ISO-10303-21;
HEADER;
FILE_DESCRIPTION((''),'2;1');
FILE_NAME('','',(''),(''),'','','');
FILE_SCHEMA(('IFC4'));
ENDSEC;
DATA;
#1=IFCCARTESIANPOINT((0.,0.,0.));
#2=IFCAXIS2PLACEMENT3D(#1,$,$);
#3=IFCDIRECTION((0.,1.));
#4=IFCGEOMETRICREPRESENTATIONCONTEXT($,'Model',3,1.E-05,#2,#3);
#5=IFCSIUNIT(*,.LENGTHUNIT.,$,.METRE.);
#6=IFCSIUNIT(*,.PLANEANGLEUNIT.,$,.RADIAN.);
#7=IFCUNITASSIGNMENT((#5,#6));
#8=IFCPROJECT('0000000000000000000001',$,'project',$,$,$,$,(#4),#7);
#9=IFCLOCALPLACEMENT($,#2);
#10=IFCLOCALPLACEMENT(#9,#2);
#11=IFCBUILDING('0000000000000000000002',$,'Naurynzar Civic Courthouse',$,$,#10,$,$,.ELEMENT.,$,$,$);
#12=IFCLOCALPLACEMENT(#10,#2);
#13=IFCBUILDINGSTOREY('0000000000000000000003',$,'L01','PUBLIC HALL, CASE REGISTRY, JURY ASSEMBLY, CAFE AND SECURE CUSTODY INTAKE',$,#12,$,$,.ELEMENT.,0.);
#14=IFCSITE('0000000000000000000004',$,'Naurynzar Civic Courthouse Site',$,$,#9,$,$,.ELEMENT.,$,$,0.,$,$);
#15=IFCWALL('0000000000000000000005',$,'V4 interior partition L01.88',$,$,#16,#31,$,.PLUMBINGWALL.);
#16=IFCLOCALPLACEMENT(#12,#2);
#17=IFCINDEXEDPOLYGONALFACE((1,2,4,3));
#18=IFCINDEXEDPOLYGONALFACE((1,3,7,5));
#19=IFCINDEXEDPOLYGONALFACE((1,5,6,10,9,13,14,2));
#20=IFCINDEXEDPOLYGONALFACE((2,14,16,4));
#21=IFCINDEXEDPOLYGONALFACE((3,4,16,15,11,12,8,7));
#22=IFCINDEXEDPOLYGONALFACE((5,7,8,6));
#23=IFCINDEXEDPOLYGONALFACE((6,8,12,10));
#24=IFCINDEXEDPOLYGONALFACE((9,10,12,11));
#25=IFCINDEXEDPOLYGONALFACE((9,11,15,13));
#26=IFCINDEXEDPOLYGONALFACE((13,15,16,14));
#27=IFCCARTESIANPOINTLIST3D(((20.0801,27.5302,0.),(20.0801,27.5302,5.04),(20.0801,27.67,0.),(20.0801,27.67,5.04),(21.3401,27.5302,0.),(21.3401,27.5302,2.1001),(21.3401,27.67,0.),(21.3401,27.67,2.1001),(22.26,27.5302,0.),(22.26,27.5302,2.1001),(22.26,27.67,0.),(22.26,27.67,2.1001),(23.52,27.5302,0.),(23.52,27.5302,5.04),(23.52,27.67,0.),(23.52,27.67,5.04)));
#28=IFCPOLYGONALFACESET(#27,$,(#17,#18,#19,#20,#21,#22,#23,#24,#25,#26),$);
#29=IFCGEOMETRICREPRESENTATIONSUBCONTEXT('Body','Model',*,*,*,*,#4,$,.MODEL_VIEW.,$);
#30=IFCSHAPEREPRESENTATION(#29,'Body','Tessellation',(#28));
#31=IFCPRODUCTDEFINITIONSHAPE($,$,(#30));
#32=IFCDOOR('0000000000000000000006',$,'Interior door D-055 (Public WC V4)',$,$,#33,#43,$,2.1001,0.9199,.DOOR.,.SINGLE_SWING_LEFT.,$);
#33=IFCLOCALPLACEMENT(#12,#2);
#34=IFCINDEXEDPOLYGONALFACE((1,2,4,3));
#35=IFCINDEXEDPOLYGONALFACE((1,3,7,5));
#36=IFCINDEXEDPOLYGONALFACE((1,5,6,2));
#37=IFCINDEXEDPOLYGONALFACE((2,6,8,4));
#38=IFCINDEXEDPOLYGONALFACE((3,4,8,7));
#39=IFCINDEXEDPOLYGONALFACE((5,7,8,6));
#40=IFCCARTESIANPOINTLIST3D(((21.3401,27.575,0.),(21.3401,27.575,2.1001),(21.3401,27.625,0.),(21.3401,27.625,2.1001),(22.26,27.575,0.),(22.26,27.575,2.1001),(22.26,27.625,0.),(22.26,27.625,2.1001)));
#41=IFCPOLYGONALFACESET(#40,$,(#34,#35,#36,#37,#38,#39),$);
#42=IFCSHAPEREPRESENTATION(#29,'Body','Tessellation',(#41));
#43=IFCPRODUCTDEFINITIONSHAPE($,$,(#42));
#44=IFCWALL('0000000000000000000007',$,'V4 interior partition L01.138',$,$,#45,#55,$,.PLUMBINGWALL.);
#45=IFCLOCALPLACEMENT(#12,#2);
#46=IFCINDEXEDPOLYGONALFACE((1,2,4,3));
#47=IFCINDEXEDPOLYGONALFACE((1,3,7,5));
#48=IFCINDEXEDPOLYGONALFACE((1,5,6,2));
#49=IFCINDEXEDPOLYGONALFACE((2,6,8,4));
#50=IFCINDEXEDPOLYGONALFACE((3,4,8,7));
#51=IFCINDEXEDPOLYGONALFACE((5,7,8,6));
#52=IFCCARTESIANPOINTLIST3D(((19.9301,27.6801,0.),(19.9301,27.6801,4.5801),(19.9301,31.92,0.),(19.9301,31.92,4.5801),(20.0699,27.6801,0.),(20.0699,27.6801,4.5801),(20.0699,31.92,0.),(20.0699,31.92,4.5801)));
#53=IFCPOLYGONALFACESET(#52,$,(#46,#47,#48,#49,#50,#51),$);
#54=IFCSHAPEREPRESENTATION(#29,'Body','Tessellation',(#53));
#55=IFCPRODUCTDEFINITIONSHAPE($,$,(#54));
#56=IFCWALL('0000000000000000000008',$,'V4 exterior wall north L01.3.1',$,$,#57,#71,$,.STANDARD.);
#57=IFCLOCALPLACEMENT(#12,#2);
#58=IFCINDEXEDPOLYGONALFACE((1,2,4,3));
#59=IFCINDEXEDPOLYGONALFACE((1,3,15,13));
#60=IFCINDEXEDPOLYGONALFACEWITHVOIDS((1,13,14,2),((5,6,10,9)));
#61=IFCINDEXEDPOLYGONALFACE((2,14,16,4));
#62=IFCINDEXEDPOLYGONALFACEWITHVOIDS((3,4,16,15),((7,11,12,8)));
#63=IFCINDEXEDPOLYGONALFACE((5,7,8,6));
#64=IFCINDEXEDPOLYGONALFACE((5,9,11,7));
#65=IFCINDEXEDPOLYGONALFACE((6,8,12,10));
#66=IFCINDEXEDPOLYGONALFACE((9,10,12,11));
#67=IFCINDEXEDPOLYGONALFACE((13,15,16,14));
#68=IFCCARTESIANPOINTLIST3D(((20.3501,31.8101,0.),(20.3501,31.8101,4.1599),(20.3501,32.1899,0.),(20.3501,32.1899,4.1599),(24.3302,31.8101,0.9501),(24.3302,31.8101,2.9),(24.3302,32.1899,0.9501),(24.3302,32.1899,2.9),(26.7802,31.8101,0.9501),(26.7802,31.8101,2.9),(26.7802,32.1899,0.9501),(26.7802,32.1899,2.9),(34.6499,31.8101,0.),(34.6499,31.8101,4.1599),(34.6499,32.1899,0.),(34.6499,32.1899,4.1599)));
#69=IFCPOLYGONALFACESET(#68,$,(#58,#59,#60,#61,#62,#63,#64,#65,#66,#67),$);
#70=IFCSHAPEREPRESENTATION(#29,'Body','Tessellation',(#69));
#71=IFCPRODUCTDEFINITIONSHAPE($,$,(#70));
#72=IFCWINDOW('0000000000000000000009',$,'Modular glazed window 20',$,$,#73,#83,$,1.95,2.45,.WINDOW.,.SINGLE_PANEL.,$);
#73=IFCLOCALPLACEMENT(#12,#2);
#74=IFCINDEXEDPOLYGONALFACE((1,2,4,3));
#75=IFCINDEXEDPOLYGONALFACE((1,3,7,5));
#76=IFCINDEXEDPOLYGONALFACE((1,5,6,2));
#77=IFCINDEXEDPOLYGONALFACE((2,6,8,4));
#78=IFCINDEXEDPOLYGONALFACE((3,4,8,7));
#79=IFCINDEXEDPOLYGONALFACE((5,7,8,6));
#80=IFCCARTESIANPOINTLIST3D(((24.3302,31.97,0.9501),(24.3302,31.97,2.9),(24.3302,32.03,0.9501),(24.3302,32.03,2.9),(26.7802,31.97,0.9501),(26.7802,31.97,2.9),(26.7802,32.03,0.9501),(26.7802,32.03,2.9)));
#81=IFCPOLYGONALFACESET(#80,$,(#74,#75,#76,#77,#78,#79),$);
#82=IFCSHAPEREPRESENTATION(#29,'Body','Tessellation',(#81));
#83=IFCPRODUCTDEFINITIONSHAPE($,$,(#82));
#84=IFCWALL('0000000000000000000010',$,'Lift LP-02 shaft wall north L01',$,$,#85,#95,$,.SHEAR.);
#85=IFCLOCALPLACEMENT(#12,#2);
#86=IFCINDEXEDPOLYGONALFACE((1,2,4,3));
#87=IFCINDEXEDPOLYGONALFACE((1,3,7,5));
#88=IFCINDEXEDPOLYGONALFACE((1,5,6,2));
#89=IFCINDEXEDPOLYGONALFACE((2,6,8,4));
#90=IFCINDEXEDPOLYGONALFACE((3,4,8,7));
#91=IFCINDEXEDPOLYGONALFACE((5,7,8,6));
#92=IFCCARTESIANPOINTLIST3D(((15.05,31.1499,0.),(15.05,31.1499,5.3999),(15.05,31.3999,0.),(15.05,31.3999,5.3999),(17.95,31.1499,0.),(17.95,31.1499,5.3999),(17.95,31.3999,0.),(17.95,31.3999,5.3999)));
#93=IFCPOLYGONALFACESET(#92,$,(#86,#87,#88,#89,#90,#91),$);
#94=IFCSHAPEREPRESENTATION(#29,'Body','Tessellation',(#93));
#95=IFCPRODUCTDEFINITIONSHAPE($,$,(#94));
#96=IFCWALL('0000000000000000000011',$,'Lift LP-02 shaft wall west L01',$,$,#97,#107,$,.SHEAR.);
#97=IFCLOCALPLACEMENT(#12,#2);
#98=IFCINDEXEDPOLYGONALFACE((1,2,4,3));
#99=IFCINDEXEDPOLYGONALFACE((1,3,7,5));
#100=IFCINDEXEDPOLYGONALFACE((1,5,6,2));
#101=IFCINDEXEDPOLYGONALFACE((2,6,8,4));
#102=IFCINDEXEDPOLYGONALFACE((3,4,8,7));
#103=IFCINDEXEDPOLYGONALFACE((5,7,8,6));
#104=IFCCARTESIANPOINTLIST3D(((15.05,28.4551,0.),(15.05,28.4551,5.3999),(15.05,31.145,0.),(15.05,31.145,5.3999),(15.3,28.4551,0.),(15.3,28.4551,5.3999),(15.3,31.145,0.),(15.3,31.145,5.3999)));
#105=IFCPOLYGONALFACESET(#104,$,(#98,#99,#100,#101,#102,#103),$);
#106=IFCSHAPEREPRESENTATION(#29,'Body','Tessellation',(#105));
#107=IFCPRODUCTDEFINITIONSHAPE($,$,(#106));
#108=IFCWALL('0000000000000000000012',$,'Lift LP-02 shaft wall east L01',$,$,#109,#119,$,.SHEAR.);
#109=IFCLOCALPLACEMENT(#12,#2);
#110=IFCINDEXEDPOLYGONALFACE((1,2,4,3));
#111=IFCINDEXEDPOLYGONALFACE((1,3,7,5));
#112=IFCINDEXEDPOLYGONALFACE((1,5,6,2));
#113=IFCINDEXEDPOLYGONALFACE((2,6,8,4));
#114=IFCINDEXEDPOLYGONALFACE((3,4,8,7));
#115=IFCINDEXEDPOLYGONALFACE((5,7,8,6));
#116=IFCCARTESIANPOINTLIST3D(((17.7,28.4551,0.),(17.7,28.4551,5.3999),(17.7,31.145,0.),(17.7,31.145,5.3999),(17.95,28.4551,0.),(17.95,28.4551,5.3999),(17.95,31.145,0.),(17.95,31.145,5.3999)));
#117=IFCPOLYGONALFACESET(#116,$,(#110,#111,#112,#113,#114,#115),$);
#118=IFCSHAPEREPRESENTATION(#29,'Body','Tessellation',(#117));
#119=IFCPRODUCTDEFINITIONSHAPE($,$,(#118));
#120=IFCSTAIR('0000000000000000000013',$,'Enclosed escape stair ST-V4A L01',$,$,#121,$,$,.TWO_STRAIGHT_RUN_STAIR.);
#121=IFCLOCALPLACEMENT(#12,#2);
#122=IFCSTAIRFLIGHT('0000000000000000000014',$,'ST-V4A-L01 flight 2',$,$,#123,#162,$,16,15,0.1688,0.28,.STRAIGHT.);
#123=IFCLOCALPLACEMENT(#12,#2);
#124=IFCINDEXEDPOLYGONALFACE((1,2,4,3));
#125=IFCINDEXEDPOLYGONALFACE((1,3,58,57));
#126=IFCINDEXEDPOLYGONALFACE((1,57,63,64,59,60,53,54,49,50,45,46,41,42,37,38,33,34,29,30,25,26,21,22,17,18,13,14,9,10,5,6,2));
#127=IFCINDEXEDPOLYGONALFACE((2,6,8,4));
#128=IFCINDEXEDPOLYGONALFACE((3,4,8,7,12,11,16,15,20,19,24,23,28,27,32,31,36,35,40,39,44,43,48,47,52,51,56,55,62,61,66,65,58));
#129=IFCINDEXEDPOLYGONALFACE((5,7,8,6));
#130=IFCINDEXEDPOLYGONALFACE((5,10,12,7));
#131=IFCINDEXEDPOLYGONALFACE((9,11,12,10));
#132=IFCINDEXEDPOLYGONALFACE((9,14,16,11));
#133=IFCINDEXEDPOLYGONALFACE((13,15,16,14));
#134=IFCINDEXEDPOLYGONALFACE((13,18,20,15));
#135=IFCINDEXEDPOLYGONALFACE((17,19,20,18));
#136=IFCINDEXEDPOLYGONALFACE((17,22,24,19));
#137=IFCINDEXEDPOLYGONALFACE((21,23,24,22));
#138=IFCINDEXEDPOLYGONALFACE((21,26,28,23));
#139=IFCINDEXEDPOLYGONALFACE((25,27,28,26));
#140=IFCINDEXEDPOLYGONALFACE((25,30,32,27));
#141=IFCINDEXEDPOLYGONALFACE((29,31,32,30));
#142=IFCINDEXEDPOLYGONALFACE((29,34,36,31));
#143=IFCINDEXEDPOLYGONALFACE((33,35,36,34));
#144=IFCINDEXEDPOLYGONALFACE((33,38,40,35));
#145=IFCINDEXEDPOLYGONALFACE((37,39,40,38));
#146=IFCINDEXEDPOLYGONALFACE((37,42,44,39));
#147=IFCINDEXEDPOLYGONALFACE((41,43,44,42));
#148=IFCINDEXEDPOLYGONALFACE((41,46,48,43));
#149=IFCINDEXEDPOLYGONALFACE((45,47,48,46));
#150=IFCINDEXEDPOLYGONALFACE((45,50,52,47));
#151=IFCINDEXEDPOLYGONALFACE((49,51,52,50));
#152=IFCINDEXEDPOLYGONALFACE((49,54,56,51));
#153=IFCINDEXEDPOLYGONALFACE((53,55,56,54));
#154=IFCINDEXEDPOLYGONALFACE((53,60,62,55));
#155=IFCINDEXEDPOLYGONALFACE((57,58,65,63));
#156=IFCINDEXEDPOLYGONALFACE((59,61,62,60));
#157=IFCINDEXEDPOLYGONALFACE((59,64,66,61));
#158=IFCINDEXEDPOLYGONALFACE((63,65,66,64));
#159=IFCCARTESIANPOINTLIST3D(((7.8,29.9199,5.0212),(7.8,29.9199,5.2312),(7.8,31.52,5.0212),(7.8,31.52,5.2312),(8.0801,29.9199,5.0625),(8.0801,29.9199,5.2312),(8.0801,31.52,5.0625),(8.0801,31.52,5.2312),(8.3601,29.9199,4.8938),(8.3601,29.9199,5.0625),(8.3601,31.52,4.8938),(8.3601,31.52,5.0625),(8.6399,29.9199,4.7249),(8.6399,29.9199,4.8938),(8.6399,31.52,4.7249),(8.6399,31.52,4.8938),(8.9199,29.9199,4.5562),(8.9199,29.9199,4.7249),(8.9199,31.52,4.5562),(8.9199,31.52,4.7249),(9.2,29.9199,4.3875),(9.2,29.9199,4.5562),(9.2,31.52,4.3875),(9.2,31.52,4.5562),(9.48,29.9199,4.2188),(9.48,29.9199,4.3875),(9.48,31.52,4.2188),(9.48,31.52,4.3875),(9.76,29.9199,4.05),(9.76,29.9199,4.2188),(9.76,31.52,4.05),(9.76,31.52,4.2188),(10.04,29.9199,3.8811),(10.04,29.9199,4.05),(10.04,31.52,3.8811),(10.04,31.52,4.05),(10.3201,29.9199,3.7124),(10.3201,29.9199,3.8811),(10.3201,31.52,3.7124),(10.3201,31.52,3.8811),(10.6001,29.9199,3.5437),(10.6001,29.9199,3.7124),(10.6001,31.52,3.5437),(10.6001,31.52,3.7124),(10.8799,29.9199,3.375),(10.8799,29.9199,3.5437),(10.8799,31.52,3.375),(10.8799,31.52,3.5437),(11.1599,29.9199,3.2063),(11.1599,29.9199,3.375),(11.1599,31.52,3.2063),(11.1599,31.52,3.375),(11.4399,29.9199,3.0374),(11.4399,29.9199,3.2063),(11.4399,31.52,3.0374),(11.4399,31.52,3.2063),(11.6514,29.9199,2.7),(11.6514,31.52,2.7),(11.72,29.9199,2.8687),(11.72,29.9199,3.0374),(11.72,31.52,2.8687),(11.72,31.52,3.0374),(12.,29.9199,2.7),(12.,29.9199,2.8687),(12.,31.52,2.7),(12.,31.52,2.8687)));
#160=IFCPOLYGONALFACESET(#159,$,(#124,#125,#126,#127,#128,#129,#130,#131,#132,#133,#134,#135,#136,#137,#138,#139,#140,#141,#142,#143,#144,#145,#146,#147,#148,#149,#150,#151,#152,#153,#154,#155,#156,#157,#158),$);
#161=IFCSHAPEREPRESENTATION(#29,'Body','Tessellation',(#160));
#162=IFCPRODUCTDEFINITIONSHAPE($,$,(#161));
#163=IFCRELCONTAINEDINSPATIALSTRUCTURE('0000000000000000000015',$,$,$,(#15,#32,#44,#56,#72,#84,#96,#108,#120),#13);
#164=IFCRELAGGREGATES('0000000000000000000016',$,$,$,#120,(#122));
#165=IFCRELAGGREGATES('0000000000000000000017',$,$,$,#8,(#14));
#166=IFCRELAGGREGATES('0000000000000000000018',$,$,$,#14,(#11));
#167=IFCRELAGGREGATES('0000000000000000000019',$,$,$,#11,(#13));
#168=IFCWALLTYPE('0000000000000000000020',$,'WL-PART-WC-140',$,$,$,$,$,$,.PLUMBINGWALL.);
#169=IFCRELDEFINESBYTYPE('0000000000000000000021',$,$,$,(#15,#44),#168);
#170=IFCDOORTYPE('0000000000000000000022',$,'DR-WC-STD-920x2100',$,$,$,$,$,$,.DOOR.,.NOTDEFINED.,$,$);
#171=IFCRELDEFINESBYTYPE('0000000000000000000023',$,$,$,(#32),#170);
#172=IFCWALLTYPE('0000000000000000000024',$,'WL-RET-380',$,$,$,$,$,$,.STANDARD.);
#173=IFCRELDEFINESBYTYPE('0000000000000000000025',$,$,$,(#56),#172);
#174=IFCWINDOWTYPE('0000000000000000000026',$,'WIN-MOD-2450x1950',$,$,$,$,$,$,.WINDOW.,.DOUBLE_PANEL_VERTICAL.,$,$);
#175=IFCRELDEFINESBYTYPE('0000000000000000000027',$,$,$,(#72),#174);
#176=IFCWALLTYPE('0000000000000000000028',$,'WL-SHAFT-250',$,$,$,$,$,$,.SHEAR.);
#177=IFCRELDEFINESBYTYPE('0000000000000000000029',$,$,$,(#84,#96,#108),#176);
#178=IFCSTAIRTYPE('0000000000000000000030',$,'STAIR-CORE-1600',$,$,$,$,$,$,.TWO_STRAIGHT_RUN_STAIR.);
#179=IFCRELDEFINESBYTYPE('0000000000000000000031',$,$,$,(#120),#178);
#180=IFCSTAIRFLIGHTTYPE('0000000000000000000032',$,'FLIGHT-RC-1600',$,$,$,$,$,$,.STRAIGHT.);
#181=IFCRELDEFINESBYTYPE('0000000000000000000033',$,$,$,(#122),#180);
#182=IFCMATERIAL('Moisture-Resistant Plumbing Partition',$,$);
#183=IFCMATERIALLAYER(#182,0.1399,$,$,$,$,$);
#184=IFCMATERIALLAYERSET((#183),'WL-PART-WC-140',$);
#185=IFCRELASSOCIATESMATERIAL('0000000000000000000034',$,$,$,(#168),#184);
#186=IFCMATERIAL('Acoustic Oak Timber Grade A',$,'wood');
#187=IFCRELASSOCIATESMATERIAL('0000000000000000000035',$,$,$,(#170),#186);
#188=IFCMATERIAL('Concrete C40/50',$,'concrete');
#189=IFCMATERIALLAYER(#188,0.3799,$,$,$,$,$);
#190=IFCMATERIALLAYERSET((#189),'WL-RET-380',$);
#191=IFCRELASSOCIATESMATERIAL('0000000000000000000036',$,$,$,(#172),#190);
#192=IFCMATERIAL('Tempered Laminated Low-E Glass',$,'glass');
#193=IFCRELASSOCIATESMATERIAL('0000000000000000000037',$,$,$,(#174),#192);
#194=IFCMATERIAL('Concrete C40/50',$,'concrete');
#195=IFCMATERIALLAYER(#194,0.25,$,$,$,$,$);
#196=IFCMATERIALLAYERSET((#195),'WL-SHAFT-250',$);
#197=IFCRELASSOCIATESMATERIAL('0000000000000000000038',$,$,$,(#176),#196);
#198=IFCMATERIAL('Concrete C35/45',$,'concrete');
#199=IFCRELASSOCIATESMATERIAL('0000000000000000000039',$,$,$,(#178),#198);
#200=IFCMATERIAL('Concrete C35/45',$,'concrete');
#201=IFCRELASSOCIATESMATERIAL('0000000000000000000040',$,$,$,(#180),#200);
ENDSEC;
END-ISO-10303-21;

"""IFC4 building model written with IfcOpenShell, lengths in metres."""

from ifc_helpers import new_model, si_unit, direction, frame, frame_2d, origin, place, context, subcontext, project, spatial, polyline, rectangle, outline, extrude, material, layer, layer_set, type_object, element, fill, aggregate, save


model = new_model("IFC4")

# Units and contexts
model_context = context("Model", 3, precision=1e-05, world=origin(), true_north=direction((0.0, 1.0)))
body_context = subcontext(model_context, "Body", "Model", "MODEL_VIEW")
ifc_project = project(units=[si_unit("LENGTHUNIT", "METRE"), si_unit("PLANEANGLEUNIT", "RADIAN")], contexts=[model_context])

# Site, building, storey
site_placement = place(None, origin())
site = spatial("IfcSite", under=ifc_project, at=site_placement, Name="Naurynzar Civic Courthouse Site", CompositionType="ELEMENT", RefElevation=0.0)
building_placement = place(site_placement, origin())
building = spatial("IfcBuilding", under=site, at=building_placement, Name="Naurynzar Civic Courthouse", CompositionType="ELEMENT")
storey_placement = place(building_placement, origin())
storey = spatial("IfcBuildingStorey", under=building, at=storey_placement, Name="L01", Description="PUBLIC HALL, CASE REGISTRY, JURY ASSEMBLY, CAFE AND SECURE CUSTODY INTAKE", CompositionType="ELEMENT", Elevation=0.0)

# Wall, opening, door
ifc_material_1 = material(Name="Moisture-Resistant Plumbing Partition")
ifc_layer_1 = layer(ifc_material_1, 0.1399)
ifc_layer_set_1 = layer_set([ifc_layer_1], Name="WL-PART-WC-140")
wall_type_1 = type_object("IfcWallType", Name="WL-PART-WC-140", PredefinedType="PLUMBINGWALL", material=ifc_layer_set_1)
wall_1_placement = place(storey_placement, frame((20.0801, 27.6001, 0.0), z_axis=(0.0, 0.0, 1.0), x_axis=(1.0, 0.0, 0.0)))
wall_1 = element("IfcWall", 1, at=wall_1_placement, inside=storey, type_object=wall_type_1, Name="V4 interior partition L01.88", PredefinedType="PLUMBINGWALL", context=body_context, shape_type="SweptSolid", body=[
    extrude(rectangle(XDim=3.4399, YDim=0.1399, at=frame_2d((1.72, 0.0))), origin(), (0.0, 0.0, 1.0), 5.04),
])
opening_1_placement = place(wall_1_placement, frame((1.26, 0.0, 0.0)))
opening_1 = element("IfcOpeningElement", 2, at=opening_1_placement, cuts=wall_1, PredefinedType="OPENING", context=body_context, shape_type="SweptSolid", body=[
    extrude(rectangle(XDim=0.9199, YDim=2.1001, at=frame_2d((0.46, 1.05))), frame((0.0, 0.0798, 0.0), z_axis=(0.0, -1.0, 0.0), x_axis=(1.0, 0.0, 0.0)), (0.0, 0.0, 1.0), 0.1599),
])
ifc_material_2 = material(Name="Acoustic Oak Timber Grade A", Category="wood")
door_type_1 = type_object("IfcDoorType", Name="DR-WC-STD-920x2100", OperationType="NOTDEFINED", PredefinedType="DOOR", material=ifc_material_2)
door_1_placement = place(opening_1_placement, origin())
door_1 = element("IfcDoor", 3, at=door_1_placement, inside=storey, type_object=door_type_1, Name="Interior door D-055 (Public WC V4)", OperationType="SINGLE_SWING_LEFT", OverallHeight=2.1001, OverallWidth=0.9199, PredefinedType="DOOR", context=body_context, shape_type="SweptSolid", body=[
    extrude(rectangle(XDim=0.9199, YDim=2.1001, at=frame_2d((0.46, 1.05))), frame((0.0, 0.0249, 0.0), z_axis=(0.0, -1.0, 0.0), x_axis=(1.0, 0.0, 0.0)), (0.0, 0.0, 1.0), 0.05),
])
fill(opening_1, door_1)

# Wall
wall_2_placement = place(storey_placement, frame((20.0, 27.6799, 0.0), z_axis=(0.0, 0.0, 1.0), x_axis=(0.0, 1.0, 0.0)))
element("IfcWall", 4, at=wall_2_placement, inside=storey, type_object=wall_type_1, Name="V4 interior partition L01.138", PredefinedType="PLUMBINGWALL", context=body_context, shape_type="SweptSolid", body=[
    extrude(rectangle(XDim=4.24, YDim=0.1399, at=frame_2d((2.1201, 0.0))), origin(), (0.0, 0.0, 1.0), 4.5801),
])

# Wall, opening, window
ifc_material_3 = material(Name="Concrete C40/50", Category="concrete")
ifc_layer_2 = layer(ifc_material_3, 0.3799)
ifc_layer_set_2 = layer_set([ifc_layer_2], Name="WL-RET-380")
wall_type_2 = type_object("IfcWallType", Name="WL-RET-380", PredefinedType="STANDARD", material=ifc_layer_set_2)
wall_3_placement = place(storey_placement, frame((20.3501, 32.0, 0.0), z_axis=(0.0, 0.0, 1.0), x_axis=(1.0, 0.0, 0.0)))
wall_3 = element("IfcWall", 5, at=wall_3_placement, inside=storey, type_object=wall_type_2, Name="V4 exterior wall north L01.3.1", PredefinedType="STANDARD", context=body_context, shape_type="SweptSolid", body=[
    extrude(rectangle(XDim=14.2998, YDim=0.3799, at=frame_2d((7.1499, 0.0))), origin(), (0.0, 0.0, 1.0), 4.1599),
])
opening_2_placement = place(wall_3_placement, frame((3.98, 0.0, 0.95)))
opening_2 = element("IfcOpeningElement", 6, at=opening_2_placement, cuts=wall_3, PredefinedType="OPENING", context=body_context, shape_type="SweptSolid", body=[
    extrude(rectangle(XDim=2.45, YDim=1.95, at=frame_2d((1.2251, 0.9751))), frame((0.0, 0.2, 0.0), z_axis=(0.0, -1.0, 0.0), x_axis=(1.0, 0.0, 0.0)), (0.0, 0.0, 1.0), 0.3999),
])
ifc_material_4 = material(Name="Tempered Laminated Low-E Glass", Category="glass")
window_type_1 = type_object("IfcWindowType", Name="WIN-MOD-2450x1950", PartitioningType="DOUBLE_PANEL_VERTICAL", PredefinedType="WINDOW", material=ifc_material_4)
window_1_placement = place(opening_2_placement, origin())
window_1 = element("IfcWindow", 7, at=window_1_placement, inside=storey, type_object=window_type_1, Name="Modular glazed window 20", OverallHeight=1.95, OverallWidth=2.45, PartitioningType="SINGLE_PANEL", PredefinedType="WINDOW", context=body_context, shape_type="SweptSolid", body=[
    extrude(rectangle(XDim=2.45, YDim=1.95, at=frame_2d((1.2251, 0.9751))), frame((0.0, 0.03, 0.0), z_axis=(0.0, -1.0, 0.0), x_axis=(1.0, 0.0, 0.0)), (0.0, 0.0, 1.0), 0.0601),
])
fill(opening_2, window_1)

# Shared definitions
ifc_material_5 = material(Name="Concrete C40/50", Category="concrete")
ifc_layer_3 = layer(ifc_material_5, 0.25)
ifc_layer_set_3 = layer_set([ifc_layer_3], Name="WL-SHAFT-250")
wall_type_3 = type_object("IfcWallType", Name="WL-SHAFT-250", PredefinedType="SHEAR", material=ifc_layer_set_3)

# Walls
wall_4_placement = place(storey_placement, frame((17.95, 31.2749, 0.0), z_axis=(0.0, 0.0, 1.0), x_axis=(-1.0, 0.0, 0.0)))
element("IfcWall", 8, at=wall_4_placement, inside=storey, type_object=wall_type_3, Name="Lift LP-02 shaft wall north L01", PredefinedType="SHEAR", context=body_context, shape_type="SweptSolid", body=[
    extrude(rectangle(XDim=2.8999, YDim=0.25, at=frame_2d((1.45, 0.0))), origin(), (0.0, 0.0, 1.0), 5.3999),
])
for number, where, z_axis, x_axis, name in (
    (9, (15.175, 31.145, 0.0), (0.0, 0.0, 1.0), (0.0, -1.0, 0.0), "Lift LP-02 shaft wall west L01"),
    (10, (17.825, 28.4551, 0.0), (0.0, 0.0, 1.0), (0.0, 1.0, 0.0), "Lift LP-02 shaft wall east L01"),
):
    element("IfcWall", number, at=place(storey_placement, frame(where, z_axis=z_axis, x_axis=x_axis)), inside=storey, type_object=wall_type_3, Name=name, PredefinedType="SHEAR", context=body_context, shape_type="SweptSolid", body=[
        extrude(rectangle(XDim=2.6899, YDim=0.25, at=frame_2d((1.345, 0.0))), origin(), (0.0, 0.0, 1.0), 5.3999),
    ])

# Stair, stair flight
ifc_material_6 = material(Name="Concrete C35/45", Category="concrete")
stair_type = type_object("IfcStairType", Name="STAIR-CORE-1600", PredefinedType="TWO_STRAIGHT_RUN_STAIR", material=ifc_material_6)
stair_placement = place(storey_placement, origin())
stair = element("IfcStair", 11, at=stair_placement, inside=storey, type_object=stair_type, Name="Enclosed escape stair ST-V4A L01", PredefinedType="TWO_STRAIGHT_RUN_STAIR")
ifc_material_7 = material(Name="Concrete C35/45", Category="concrete")
stair_flight_type = type_object("IfcStairFlightType", Name="FLIGHT-RC-1600", PredefinedType="STRAIGHT", material=ifc_material_7)
stair_flight_placement = place(storey_placement, frame((12.0, 30.72, 2.7), z_axis=(0.0, 0.0, 1.0), x_axis=(-1.0, 0.0, 0.0)))
stair_flight = element("IfcStairFlight", 12, at=stair_flight_placement, type_object=stair_flight_type, Name="ST-V4A-L01 flight 2", NumberOfRisers=16, NumberOfTreads=15, PredefinedType="STRAIGHT", RiserHeight=0.1688, TreadLength=0.28, context=body_context, shape_type="SweptSolid", body=[
    extrude(outline(polyline([(0.0, 0.0), (0.0, 0.1687), (0.28, 0.1687), (0.28, 0.3374), (0.5601, 0.3374), (0.5601, 0.5063), (0.8401, 0.5063), (0.8401, 0.675), (1.1201, 0.675), (1.1201, 0.8438), (1.3999, 0.8438), (1.3999, 1.0125), (1.6799, 1.0125), (1.6799, 1.1812), (1.96, 1.1812), (1.96, 1.3501), (2.24, 1.3501), (2.24, 1.5188), (2.52, 1.5188), (2.52, 1.6875), (2.8, 1.6875), (2.8, 1.8562), (3.0801, 1.8562), (3.0801, 2.0249), (3.3601, 2.0249), (3.3601, 2.1938), (3.6399, 2.1938), (3.6399, 2.3625), (3.9199, 2.3625), (3.9199, 2.5312), (4.2, 2.5312), (4.2, 2.7), (4.2, 2.3213), (0.3486, 0.0), (0.0, 0.0)])), frame((0.0, 0.8, 0.0), z_axis=(0.0, -1.0, 0.0), x_axis=(1.0, 0.0, 0.0)), (0.0, 0.0, 1.0), 1.6001),
])
aggregate(stair, [stair_flight])

save(model, "model.ifc")
